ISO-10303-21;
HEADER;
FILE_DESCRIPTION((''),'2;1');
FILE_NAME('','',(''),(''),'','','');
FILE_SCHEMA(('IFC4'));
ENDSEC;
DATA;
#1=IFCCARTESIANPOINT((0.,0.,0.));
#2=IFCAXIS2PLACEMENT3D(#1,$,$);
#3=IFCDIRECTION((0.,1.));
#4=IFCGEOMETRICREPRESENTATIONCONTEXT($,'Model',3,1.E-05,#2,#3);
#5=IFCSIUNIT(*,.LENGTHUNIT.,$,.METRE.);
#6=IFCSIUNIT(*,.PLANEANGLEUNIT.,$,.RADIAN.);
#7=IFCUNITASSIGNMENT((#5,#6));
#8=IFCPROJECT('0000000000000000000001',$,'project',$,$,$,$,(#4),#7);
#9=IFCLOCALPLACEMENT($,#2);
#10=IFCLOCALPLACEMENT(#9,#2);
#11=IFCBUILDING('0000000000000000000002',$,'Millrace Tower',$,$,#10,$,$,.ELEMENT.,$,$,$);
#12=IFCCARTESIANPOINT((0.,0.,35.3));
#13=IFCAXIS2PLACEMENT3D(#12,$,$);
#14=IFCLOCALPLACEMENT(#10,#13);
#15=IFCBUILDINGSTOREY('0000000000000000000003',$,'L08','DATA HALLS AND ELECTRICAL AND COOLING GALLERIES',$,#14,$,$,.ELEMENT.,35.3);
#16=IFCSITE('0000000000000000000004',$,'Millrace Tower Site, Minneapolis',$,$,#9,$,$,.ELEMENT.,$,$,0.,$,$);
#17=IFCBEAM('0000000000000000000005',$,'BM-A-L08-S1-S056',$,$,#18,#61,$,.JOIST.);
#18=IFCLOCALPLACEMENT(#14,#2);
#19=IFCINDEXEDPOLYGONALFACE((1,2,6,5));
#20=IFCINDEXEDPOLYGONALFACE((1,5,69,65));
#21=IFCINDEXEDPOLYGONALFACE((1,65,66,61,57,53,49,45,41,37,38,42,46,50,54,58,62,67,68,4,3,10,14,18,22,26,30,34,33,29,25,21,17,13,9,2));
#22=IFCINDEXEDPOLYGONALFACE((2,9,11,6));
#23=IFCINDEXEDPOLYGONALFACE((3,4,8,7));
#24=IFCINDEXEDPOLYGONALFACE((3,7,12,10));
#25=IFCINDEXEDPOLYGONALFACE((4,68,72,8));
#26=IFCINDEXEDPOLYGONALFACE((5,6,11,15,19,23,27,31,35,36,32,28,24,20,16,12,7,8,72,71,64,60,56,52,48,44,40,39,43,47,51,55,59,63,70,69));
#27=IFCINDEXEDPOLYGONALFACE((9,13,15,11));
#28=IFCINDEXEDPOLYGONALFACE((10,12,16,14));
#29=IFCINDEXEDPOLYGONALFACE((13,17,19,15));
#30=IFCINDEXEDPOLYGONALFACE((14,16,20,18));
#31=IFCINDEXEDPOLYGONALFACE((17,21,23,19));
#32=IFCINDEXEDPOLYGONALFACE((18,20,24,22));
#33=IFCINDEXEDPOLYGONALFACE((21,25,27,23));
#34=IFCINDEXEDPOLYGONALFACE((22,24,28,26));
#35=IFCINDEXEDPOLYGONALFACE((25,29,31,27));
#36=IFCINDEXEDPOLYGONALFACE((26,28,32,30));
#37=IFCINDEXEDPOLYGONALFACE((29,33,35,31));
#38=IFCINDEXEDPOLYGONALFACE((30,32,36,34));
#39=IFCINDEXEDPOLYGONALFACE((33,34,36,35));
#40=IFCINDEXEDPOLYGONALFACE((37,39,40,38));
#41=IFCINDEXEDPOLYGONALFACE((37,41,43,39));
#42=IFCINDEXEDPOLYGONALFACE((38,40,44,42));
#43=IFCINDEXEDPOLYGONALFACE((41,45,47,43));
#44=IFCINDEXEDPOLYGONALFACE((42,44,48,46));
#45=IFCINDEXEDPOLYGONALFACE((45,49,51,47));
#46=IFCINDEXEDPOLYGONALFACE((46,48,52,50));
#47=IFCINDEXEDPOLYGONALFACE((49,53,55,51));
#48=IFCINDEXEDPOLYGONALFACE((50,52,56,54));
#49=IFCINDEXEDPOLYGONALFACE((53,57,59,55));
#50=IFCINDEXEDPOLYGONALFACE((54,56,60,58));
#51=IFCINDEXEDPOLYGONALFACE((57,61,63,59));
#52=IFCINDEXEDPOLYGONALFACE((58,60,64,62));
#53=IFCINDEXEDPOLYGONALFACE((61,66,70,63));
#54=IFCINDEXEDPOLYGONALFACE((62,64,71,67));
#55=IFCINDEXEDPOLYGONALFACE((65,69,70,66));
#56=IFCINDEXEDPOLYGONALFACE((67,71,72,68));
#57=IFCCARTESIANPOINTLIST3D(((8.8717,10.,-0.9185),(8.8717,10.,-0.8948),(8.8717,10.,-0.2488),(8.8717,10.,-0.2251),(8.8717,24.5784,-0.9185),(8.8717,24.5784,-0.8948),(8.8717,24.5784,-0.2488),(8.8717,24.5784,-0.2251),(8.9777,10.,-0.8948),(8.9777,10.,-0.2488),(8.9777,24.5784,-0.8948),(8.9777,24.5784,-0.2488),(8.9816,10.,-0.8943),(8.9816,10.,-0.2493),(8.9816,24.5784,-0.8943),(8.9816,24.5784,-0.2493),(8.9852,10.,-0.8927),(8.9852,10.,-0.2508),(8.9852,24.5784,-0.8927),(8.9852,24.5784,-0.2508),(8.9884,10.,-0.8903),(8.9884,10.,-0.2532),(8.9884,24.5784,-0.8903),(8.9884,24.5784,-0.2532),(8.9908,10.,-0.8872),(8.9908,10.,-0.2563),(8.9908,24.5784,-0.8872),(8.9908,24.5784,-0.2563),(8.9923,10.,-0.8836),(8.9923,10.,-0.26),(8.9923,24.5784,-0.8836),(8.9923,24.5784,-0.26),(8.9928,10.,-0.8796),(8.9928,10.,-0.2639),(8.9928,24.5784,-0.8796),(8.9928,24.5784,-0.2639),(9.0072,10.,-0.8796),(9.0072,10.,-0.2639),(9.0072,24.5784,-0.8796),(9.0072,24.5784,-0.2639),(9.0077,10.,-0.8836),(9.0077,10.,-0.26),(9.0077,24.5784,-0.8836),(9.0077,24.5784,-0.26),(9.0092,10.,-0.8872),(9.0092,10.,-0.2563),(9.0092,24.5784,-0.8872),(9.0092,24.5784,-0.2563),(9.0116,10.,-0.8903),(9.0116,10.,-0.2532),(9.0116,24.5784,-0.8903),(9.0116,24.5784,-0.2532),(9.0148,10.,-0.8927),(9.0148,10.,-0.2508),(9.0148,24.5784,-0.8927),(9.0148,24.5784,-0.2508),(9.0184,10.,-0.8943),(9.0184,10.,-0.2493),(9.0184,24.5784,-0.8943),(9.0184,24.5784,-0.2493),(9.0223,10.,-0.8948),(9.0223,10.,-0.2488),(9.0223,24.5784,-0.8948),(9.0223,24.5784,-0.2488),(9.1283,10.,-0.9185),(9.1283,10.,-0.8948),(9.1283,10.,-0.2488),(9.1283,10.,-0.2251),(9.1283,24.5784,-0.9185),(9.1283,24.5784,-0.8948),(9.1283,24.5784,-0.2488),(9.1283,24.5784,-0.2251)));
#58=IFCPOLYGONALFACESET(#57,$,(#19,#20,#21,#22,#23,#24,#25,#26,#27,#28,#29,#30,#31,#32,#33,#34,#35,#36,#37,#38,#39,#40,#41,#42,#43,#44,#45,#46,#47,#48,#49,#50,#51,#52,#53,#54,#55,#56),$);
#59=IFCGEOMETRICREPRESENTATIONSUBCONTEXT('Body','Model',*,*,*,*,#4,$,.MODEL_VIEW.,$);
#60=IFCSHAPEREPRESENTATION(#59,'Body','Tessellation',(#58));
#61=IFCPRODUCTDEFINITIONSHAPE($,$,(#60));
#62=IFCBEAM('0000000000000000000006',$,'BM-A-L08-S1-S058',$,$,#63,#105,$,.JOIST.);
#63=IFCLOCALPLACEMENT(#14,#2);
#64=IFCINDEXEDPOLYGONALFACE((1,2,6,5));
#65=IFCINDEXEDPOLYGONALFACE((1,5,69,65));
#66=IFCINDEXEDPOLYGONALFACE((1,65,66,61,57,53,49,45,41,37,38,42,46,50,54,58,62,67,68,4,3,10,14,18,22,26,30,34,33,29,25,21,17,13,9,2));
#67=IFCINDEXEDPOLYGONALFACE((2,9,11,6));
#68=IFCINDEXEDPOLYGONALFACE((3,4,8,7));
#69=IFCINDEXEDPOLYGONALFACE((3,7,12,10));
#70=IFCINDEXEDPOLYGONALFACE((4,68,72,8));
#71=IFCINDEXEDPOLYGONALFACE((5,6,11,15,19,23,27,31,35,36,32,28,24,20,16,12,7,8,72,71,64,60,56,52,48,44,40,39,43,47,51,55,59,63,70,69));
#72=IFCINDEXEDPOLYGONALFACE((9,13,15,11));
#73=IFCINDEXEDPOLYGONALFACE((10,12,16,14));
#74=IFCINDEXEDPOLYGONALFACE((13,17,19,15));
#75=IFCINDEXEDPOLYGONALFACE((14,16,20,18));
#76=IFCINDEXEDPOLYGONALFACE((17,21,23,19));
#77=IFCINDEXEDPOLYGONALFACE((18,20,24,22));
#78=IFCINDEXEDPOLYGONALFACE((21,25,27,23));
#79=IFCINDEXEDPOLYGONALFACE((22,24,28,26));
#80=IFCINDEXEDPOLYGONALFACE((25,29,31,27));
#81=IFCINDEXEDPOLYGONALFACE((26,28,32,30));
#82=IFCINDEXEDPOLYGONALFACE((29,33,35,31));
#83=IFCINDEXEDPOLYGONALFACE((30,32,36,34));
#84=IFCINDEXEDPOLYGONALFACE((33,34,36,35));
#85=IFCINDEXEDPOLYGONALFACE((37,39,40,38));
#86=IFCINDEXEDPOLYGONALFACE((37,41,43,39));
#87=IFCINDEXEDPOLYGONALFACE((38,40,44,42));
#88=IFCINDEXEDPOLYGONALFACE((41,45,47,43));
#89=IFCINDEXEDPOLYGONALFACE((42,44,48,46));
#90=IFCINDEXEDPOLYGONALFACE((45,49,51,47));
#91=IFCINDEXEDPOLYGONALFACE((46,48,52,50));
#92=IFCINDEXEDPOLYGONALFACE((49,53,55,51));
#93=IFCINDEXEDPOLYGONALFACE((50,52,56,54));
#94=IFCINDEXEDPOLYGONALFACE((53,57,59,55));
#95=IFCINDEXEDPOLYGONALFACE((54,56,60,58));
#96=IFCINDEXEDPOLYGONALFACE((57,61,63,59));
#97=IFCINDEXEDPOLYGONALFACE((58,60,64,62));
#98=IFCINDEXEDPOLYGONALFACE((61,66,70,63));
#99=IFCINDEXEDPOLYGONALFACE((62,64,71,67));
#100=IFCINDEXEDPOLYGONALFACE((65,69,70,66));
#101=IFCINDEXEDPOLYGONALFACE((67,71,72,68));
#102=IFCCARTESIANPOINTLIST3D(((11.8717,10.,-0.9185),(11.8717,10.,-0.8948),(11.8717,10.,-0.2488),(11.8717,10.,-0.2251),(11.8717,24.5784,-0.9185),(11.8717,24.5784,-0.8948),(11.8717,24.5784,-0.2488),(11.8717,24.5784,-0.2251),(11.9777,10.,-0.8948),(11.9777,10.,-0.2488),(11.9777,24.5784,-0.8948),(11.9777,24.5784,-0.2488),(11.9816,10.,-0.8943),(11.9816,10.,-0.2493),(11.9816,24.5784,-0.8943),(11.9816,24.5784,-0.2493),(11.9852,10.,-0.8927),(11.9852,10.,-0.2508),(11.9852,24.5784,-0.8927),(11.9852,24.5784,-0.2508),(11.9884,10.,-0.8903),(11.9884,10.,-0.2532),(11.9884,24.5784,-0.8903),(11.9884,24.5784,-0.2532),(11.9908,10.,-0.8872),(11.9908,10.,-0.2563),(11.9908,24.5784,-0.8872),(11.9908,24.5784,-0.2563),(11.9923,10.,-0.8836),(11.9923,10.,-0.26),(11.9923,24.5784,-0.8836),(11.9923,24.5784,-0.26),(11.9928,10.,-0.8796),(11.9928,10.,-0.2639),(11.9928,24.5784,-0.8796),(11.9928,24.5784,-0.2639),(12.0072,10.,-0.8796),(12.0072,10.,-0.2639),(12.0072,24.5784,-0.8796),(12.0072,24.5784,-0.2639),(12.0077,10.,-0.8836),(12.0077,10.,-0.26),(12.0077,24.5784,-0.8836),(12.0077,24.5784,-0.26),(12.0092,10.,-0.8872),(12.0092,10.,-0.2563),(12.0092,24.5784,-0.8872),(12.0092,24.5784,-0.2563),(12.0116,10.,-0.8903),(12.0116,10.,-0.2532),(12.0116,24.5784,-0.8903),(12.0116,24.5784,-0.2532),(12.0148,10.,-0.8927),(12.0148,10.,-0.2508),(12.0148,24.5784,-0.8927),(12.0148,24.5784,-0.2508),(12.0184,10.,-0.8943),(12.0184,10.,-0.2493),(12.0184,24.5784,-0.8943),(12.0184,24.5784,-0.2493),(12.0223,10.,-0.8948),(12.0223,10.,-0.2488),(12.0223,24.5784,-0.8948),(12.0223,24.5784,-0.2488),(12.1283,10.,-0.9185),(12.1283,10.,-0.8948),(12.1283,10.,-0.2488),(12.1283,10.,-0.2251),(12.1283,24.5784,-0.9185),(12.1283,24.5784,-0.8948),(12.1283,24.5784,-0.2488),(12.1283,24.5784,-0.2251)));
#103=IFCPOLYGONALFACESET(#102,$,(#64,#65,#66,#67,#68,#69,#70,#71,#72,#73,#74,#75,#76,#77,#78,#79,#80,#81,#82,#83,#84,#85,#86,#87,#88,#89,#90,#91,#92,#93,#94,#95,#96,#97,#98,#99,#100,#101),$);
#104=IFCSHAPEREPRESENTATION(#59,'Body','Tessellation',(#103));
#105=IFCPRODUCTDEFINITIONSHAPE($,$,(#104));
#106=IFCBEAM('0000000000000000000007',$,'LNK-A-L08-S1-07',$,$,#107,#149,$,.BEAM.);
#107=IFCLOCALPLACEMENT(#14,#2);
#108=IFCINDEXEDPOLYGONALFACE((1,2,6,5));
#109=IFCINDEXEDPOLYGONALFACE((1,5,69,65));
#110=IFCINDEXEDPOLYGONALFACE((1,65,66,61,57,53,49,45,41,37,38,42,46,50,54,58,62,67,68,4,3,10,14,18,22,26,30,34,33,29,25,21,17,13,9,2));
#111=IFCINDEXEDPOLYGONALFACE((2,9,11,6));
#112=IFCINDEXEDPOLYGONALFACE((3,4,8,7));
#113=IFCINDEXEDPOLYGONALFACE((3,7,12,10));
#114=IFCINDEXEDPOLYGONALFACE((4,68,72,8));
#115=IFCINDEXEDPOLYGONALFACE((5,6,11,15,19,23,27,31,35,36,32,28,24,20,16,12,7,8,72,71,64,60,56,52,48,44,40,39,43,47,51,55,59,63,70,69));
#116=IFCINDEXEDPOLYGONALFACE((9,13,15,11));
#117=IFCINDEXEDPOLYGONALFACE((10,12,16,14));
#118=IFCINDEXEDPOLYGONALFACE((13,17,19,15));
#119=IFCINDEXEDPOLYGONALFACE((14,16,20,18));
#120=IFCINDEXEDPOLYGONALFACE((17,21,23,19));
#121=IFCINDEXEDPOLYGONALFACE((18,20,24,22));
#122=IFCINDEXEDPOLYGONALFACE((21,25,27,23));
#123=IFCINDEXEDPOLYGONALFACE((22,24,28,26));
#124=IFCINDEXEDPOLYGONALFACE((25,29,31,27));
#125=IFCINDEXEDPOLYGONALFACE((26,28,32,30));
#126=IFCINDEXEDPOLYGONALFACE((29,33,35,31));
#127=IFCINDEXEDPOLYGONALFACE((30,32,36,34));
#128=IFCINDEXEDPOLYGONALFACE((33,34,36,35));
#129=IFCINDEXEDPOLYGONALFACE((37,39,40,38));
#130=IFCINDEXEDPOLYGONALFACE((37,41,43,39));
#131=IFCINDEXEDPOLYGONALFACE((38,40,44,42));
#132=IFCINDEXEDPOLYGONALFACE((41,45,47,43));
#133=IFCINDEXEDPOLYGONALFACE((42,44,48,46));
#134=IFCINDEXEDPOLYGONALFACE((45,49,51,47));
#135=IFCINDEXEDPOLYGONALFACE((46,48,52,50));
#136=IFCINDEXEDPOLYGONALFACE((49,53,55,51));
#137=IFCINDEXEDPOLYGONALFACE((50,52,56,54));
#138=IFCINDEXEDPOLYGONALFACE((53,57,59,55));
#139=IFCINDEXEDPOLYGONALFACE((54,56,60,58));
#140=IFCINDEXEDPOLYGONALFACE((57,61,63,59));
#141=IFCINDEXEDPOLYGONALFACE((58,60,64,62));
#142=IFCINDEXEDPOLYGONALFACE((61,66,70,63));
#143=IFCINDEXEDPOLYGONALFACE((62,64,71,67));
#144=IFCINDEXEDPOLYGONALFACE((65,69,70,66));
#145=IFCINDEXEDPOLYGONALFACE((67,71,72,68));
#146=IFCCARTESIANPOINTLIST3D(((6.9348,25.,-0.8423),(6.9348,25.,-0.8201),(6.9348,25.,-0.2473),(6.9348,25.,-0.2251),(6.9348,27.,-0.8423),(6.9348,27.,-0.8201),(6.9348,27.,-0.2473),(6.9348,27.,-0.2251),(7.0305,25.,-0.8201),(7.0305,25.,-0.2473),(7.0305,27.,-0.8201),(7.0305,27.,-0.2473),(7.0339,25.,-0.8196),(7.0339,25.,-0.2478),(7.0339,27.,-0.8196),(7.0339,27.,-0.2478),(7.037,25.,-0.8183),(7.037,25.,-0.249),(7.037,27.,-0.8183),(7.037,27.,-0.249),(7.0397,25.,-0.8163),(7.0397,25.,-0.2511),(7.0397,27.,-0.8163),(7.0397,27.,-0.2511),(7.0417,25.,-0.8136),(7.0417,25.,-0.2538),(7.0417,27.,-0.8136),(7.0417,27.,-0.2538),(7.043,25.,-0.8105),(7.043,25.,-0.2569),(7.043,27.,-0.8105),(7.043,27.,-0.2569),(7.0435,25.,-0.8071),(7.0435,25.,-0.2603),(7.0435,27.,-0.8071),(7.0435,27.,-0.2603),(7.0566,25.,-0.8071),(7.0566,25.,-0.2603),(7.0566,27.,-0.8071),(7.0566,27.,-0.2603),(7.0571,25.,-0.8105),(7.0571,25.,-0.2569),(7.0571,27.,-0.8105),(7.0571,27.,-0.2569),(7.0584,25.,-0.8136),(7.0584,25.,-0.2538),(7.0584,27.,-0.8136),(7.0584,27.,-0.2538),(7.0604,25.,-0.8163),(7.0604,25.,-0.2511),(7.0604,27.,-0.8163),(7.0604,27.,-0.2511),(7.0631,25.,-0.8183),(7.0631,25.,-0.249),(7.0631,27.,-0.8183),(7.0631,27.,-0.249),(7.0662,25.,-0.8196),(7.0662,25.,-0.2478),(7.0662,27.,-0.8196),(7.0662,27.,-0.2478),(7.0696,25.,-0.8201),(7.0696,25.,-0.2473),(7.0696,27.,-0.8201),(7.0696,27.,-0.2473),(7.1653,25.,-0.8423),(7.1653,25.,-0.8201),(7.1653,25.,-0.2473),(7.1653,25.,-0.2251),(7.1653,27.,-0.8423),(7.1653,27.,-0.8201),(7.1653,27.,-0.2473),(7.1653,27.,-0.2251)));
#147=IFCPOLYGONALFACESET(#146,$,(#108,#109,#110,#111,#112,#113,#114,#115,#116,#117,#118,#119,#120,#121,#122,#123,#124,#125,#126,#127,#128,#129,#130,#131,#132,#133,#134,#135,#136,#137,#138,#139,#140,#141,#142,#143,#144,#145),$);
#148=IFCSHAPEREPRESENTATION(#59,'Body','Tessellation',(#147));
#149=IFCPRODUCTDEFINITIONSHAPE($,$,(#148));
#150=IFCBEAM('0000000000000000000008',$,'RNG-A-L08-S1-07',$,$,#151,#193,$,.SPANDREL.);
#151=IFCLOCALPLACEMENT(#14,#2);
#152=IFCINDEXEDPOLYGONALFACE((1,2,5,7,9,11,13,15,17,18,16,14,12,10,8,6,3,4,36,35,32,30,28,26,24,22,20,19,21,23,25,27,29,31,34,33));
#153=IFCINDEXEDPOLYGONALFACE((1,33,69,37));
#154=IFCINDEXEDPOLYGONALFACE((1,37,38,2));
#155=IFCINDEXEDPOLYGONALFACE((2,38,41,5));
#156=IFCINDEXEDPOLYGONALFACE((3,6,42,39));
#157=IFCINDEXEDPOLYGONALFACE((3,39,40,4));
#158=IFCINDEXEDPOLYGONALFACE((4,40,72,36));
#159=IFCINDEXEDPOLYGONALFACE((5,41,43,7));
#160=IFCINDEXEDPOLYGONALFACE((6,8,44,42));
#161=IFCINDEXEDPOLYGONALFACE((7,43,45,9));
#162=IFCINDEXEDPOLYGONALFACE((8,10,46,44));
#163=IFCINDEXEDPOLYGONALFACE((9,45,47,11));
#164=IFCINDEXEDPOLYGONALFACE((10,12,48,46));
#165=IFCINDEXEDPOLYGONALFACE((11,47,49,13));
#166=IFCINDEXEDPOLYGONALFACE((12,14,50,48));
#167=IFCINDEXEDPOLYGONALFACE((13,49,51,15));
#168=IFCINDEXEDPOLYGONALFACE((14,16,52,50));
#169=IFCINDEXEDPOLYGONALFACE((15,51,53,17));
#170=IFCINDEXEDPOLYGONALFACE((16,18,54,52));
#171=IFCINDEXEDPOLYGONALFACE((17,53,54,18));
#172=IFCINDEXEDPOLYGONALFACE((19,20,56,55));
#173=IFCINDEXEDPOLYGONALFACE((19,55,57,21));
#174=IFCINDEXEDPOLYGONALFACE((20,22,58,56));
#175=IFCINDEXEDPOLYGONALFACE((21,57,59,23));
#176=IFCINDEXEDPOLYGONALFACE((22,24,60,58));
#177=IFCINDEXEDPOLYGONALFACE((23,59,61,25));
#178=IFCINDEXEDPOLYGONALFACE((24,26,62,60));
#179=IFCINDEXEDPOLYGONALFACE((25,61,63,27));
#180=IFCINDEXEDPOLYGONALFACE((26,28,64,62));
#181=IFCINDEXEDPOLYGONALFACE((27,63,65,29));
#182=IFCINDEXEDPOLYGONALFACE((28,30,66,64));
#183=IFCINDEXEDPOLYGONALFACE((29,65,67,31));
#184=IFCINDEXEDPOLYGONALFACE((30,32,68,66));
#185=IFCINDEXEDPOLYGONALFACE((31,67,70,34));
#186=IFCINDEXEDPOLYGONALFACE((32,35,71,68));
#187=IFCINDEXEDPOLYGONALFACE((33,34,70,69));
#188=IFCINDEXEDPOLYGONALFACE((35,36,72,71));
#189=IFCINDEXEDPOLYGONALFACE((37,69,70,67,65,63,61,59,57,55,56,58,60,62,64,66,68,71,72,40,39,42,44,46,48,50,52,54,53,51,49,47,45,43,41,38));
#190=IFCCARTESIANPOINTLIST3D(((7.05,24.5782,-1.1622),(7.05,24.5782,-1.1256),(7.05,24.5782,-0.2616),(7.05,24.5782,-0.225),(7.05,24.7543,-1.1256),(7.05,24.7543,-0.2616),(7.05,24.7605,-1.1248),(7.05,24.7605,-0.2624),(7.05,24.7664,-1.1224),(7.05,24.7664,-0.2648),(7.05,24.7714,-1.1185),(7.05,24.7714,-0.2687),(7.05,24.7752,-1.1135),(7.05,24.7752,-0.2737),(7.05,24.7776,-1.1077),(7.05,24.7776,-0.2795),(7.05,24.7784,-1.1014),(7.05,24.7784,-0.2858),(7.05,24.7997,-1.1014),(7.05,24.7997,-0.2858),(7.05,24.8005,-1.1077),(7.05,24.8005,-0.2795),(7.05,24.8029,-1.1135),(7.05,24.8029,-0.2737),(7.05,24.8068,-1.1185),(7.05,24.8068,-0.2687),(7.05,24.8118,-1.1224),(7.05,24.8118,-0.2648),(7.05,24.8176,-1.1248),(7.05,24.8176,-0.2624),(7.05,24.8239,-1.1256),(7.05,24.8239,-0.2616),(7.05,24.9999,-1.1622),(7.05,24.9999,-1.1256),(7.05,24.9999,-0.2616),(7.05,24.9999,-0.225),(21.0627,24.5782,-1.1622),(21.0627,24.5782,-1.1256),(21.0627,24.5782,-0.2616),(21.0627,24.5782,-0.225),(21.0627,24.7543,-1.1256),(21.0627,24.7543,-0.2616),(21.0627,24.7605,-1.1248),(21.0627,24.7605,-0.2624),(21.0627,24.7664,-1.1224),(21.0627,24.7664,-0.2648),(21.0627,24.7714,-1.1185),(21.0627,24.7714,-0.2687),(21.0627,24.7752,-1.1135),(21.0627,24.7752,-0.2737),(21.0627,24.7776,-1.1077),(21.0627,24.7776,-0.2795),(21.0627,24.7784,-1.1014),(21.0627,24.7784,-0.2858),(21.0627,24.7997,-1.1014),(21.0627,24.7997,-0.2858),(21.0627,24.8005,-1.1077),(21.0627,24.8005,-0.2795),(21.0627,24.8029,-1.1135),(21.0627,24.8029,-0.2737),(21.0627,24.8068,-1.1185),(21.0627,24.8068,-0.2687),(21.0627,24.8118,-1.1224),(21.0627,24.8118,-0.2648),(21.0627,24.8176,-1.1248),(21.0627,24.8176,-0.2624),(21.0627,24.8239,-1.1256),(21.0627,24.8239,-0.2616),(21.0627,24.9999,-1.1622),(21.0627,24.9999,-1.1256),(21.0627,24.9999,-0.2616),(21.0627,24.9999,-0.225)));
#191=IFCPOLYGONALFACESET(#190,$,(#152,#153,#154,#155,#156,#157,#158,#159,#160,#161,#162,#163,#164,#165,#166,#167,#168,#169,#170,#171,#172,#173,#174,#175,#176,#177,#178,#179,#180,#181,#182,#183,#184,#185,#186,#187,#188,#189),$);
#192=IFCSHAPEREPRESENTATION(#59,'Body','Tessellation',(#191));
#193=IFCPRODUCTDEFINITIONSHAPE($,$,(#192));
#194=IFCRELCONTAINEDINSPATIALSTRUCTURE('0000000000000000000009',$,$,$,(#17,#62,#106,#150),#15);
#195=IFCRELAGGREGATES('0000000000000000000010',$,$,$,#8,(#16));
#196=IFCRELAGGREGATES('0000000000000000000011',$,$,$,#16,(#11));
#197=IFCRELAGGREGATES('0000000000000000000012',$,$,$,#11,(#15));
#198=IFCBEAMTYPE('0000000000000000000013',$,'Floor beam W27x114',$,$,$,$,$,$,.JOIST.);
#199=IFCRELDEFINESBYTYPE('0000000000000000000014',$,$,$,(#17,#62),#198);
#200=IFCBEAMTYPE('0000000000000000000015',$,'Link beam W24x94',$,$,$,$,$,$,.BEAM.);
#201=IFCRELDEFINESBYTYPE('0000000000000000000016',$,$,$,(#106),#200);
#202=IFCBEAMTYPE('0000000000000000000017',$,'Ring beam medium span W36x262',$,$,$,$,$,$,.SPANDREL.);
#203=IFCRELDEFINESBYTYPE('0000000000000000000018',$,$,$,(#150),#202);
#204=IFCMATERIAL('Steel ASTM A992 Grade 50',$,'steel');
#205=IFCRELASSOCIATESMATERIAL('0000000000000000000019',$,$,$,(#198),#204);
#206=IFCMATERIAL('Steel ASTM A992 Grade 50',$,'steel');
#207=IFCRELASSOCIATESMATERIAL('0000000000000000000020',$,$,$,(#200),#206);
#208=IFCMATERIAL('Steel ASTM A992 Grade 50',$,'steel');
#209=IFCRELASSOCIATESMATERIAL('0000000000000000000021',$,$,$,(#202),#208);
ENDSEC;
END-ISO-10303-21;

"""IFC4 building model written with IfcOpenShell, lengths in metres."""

from ifc_helpers import new_model, si_unit, direction, frame, origin, origin_2d, place, context, subcontext, project, spatial, i_section, extrude, material, material_profile, profile_set, type_object, element, save


model = new_model("IFC4")

# Units and contexts
model_context = context("Model", 3, precision=1e-05, world=origin(), true_north=direction((0.0, 1.0)))
body_context = subcontext(model_context, "Body", "Model", "MODEL_VIEW")
ifc_project = project(units=[si_unit("LENGTHUNIT", "METRE"), si_unit("PLANEANGLEUNIT", "RADIAN")], contexts=[model_context])

# Site, building, storey
site_placement = place(None, origin())
site = spatial("IfcSite", under=ifc_project, at=site_placement, Name="Millrace Tower Site, Minneapolis", CompositionType="ELEMENT", RefElevation=0.0)
building_placement = place(site_placement, origin())
building = spatial("IfcBuilding", under=site, at=building_placement, Name="Millrace Tower", CompositionType="ELEMENT")
storey_placement = place(building_placement, frame((0.0, 0.0, 35.3)))
storey = spatial("IfcBuildingStorey", under=building, at=storey_placement, Name="L08", Description="DATA HALLS AND ELECTRICAL AND COOLING GALLERIES", CompositionType="ELEMENT", Elevation=35.3)

# Beams
ifc_material_1 = material(Name="Steel ASTM A992 Grade 50", Category="steel")
ifc_material_profile_1 = material_profile(ifc_material_1, i_section(OverallWidth=0.2566, OverallDepth=0.6934, WebThickness=0.0144, FlangeThickness=0.0237, FilletRadius=0.0151, at=origin_2d()))
ifc_profile_set_1 = profile_set([ifc_material_profile_1], Name="Steel ASTM A992 Grade 50")
beam_type_1 = type_object("IfcBeamType", Name="Floor beam W27x114", PredefinedType="JOIST", material=ifc_profile_set_1)
for number, where, z_axis, x_axis, name in (
    (1, (9.0, 10.0, -0.5718), (0.0, 1.0, 0.0), (-1.0, 0.0, 0.0), "BM-A-L08-S1-S056"),
    (2, (12.0, 10.0, -0.5718), (0.0, 1.0, 0.0), (-1.0, 0.0, 0.0), "BM-A-L08-S1-S058"),
):
    element("IfcBeam", number, at=place(storey_placement, frame(where, z_axis=z_axis, x_axis=x_axis)), inside=storey, type_object=beam_type_1, Name=name, PredefinedType="JOIST", context=body_context, shape_type="SweptSolid", body=[
        extrude(i_section(OverallWidth=0.2566, OverallDepth=0.6934, WebThickness=0.0144, FlangeThickness=0.0237, FilletRadius=0.0151, at=origin_2d()), origin(), (0.0, 0.0, 1.0), 14.5784),
    ])
ifc_material_2 = material(Name="Steel ASTM A992 Grade 50", Category="steel")
ifc_material_profile_2 = material_profile(ifc_material_2, i_section(OverallWidth=0.2305, OverallDepth=0.6172, WebThickness=0.0132, FlangeThickness=0.0222, FilletRadius=0.0129, at=origin_2d()))
ifc_profile_set_2 = profile_set([ifc_material_profile_2], Name="Steel ASTM A992 Grade 50")
beam_type_2 = type_object("IfcBeamType", Name="Link beam W24x94", PredefinedType="BEAM", material=ifc_profile_set_2)
beam_1_placement = place(storey_placement, frame((7.05, 25.0, -0.5337), z_axis=(0.0, 1.0, 0.0), x_axis=(-1.0, 0.0, 0.0)))
element("IfcBeam", 3, at=beam_1_placement, inside=storey, type_object=beam_type_2, Name="LNK-A-L08-S1-07", PredefinedType="BEAM", context=body_context, shape_type="SweptSolid", body=[
    extrude(i_section(OverallWidth=0.2305, OverallDepth=0.6172, WebThickness=0.0132, FlangeThickness=0.0222, FilletRadius=0.0129, at=origin_2d()), origin(), (0.0, 0.0, 1.0), 2.0),
])
ifc_material_3 = material(Name="Steel ASTM A992 Grade 50", Category="steel")
ifc_material_profile_3 = material_profile(ifc_material_3, i_section(OverallWidth=0.4216, OverallDepth=0.9373, WebThickness=0.0212, FlangeThickness=0.0366, FilletRadius=0.0242, at=origin_2d()))
ifc_profile_set_3 = profile_set([ifc_material_profile_3], Name="Steel ASTM A992 Grade 50")
beam_type_3 = type_object("IfcBeamType", Name="Ring beam medium span W36x262", PredefinedType="SPANDREL", material=ifc_profile_set_3)
beam_2_placement = place(storey_placement, frame((7.05, 24.7891, -0.6936), z_axis=(1.0, 0.0, 0.0), x_axis=(0.0, 1.0, 0.0)))
element("IfcBeam", 4, at=beam_2_placement, inside=storey, type_object=beam_type_3, Name="RNG-A-L08-S1-07", PredefinedType="SPANDREL", context=body_context, shape_type="SweptSolid", body=[
    extrude(i_section(OverallWidth=0.4216, OverallDepth=0.9373, WebThickness=0.0212, FlangeThickness=0.0366, FilletRadius=0.0242, at=origin_2d()), origin(), (0.0, 0.0, 1.0), 14.0127),
])

save(model, "model.ifc")
